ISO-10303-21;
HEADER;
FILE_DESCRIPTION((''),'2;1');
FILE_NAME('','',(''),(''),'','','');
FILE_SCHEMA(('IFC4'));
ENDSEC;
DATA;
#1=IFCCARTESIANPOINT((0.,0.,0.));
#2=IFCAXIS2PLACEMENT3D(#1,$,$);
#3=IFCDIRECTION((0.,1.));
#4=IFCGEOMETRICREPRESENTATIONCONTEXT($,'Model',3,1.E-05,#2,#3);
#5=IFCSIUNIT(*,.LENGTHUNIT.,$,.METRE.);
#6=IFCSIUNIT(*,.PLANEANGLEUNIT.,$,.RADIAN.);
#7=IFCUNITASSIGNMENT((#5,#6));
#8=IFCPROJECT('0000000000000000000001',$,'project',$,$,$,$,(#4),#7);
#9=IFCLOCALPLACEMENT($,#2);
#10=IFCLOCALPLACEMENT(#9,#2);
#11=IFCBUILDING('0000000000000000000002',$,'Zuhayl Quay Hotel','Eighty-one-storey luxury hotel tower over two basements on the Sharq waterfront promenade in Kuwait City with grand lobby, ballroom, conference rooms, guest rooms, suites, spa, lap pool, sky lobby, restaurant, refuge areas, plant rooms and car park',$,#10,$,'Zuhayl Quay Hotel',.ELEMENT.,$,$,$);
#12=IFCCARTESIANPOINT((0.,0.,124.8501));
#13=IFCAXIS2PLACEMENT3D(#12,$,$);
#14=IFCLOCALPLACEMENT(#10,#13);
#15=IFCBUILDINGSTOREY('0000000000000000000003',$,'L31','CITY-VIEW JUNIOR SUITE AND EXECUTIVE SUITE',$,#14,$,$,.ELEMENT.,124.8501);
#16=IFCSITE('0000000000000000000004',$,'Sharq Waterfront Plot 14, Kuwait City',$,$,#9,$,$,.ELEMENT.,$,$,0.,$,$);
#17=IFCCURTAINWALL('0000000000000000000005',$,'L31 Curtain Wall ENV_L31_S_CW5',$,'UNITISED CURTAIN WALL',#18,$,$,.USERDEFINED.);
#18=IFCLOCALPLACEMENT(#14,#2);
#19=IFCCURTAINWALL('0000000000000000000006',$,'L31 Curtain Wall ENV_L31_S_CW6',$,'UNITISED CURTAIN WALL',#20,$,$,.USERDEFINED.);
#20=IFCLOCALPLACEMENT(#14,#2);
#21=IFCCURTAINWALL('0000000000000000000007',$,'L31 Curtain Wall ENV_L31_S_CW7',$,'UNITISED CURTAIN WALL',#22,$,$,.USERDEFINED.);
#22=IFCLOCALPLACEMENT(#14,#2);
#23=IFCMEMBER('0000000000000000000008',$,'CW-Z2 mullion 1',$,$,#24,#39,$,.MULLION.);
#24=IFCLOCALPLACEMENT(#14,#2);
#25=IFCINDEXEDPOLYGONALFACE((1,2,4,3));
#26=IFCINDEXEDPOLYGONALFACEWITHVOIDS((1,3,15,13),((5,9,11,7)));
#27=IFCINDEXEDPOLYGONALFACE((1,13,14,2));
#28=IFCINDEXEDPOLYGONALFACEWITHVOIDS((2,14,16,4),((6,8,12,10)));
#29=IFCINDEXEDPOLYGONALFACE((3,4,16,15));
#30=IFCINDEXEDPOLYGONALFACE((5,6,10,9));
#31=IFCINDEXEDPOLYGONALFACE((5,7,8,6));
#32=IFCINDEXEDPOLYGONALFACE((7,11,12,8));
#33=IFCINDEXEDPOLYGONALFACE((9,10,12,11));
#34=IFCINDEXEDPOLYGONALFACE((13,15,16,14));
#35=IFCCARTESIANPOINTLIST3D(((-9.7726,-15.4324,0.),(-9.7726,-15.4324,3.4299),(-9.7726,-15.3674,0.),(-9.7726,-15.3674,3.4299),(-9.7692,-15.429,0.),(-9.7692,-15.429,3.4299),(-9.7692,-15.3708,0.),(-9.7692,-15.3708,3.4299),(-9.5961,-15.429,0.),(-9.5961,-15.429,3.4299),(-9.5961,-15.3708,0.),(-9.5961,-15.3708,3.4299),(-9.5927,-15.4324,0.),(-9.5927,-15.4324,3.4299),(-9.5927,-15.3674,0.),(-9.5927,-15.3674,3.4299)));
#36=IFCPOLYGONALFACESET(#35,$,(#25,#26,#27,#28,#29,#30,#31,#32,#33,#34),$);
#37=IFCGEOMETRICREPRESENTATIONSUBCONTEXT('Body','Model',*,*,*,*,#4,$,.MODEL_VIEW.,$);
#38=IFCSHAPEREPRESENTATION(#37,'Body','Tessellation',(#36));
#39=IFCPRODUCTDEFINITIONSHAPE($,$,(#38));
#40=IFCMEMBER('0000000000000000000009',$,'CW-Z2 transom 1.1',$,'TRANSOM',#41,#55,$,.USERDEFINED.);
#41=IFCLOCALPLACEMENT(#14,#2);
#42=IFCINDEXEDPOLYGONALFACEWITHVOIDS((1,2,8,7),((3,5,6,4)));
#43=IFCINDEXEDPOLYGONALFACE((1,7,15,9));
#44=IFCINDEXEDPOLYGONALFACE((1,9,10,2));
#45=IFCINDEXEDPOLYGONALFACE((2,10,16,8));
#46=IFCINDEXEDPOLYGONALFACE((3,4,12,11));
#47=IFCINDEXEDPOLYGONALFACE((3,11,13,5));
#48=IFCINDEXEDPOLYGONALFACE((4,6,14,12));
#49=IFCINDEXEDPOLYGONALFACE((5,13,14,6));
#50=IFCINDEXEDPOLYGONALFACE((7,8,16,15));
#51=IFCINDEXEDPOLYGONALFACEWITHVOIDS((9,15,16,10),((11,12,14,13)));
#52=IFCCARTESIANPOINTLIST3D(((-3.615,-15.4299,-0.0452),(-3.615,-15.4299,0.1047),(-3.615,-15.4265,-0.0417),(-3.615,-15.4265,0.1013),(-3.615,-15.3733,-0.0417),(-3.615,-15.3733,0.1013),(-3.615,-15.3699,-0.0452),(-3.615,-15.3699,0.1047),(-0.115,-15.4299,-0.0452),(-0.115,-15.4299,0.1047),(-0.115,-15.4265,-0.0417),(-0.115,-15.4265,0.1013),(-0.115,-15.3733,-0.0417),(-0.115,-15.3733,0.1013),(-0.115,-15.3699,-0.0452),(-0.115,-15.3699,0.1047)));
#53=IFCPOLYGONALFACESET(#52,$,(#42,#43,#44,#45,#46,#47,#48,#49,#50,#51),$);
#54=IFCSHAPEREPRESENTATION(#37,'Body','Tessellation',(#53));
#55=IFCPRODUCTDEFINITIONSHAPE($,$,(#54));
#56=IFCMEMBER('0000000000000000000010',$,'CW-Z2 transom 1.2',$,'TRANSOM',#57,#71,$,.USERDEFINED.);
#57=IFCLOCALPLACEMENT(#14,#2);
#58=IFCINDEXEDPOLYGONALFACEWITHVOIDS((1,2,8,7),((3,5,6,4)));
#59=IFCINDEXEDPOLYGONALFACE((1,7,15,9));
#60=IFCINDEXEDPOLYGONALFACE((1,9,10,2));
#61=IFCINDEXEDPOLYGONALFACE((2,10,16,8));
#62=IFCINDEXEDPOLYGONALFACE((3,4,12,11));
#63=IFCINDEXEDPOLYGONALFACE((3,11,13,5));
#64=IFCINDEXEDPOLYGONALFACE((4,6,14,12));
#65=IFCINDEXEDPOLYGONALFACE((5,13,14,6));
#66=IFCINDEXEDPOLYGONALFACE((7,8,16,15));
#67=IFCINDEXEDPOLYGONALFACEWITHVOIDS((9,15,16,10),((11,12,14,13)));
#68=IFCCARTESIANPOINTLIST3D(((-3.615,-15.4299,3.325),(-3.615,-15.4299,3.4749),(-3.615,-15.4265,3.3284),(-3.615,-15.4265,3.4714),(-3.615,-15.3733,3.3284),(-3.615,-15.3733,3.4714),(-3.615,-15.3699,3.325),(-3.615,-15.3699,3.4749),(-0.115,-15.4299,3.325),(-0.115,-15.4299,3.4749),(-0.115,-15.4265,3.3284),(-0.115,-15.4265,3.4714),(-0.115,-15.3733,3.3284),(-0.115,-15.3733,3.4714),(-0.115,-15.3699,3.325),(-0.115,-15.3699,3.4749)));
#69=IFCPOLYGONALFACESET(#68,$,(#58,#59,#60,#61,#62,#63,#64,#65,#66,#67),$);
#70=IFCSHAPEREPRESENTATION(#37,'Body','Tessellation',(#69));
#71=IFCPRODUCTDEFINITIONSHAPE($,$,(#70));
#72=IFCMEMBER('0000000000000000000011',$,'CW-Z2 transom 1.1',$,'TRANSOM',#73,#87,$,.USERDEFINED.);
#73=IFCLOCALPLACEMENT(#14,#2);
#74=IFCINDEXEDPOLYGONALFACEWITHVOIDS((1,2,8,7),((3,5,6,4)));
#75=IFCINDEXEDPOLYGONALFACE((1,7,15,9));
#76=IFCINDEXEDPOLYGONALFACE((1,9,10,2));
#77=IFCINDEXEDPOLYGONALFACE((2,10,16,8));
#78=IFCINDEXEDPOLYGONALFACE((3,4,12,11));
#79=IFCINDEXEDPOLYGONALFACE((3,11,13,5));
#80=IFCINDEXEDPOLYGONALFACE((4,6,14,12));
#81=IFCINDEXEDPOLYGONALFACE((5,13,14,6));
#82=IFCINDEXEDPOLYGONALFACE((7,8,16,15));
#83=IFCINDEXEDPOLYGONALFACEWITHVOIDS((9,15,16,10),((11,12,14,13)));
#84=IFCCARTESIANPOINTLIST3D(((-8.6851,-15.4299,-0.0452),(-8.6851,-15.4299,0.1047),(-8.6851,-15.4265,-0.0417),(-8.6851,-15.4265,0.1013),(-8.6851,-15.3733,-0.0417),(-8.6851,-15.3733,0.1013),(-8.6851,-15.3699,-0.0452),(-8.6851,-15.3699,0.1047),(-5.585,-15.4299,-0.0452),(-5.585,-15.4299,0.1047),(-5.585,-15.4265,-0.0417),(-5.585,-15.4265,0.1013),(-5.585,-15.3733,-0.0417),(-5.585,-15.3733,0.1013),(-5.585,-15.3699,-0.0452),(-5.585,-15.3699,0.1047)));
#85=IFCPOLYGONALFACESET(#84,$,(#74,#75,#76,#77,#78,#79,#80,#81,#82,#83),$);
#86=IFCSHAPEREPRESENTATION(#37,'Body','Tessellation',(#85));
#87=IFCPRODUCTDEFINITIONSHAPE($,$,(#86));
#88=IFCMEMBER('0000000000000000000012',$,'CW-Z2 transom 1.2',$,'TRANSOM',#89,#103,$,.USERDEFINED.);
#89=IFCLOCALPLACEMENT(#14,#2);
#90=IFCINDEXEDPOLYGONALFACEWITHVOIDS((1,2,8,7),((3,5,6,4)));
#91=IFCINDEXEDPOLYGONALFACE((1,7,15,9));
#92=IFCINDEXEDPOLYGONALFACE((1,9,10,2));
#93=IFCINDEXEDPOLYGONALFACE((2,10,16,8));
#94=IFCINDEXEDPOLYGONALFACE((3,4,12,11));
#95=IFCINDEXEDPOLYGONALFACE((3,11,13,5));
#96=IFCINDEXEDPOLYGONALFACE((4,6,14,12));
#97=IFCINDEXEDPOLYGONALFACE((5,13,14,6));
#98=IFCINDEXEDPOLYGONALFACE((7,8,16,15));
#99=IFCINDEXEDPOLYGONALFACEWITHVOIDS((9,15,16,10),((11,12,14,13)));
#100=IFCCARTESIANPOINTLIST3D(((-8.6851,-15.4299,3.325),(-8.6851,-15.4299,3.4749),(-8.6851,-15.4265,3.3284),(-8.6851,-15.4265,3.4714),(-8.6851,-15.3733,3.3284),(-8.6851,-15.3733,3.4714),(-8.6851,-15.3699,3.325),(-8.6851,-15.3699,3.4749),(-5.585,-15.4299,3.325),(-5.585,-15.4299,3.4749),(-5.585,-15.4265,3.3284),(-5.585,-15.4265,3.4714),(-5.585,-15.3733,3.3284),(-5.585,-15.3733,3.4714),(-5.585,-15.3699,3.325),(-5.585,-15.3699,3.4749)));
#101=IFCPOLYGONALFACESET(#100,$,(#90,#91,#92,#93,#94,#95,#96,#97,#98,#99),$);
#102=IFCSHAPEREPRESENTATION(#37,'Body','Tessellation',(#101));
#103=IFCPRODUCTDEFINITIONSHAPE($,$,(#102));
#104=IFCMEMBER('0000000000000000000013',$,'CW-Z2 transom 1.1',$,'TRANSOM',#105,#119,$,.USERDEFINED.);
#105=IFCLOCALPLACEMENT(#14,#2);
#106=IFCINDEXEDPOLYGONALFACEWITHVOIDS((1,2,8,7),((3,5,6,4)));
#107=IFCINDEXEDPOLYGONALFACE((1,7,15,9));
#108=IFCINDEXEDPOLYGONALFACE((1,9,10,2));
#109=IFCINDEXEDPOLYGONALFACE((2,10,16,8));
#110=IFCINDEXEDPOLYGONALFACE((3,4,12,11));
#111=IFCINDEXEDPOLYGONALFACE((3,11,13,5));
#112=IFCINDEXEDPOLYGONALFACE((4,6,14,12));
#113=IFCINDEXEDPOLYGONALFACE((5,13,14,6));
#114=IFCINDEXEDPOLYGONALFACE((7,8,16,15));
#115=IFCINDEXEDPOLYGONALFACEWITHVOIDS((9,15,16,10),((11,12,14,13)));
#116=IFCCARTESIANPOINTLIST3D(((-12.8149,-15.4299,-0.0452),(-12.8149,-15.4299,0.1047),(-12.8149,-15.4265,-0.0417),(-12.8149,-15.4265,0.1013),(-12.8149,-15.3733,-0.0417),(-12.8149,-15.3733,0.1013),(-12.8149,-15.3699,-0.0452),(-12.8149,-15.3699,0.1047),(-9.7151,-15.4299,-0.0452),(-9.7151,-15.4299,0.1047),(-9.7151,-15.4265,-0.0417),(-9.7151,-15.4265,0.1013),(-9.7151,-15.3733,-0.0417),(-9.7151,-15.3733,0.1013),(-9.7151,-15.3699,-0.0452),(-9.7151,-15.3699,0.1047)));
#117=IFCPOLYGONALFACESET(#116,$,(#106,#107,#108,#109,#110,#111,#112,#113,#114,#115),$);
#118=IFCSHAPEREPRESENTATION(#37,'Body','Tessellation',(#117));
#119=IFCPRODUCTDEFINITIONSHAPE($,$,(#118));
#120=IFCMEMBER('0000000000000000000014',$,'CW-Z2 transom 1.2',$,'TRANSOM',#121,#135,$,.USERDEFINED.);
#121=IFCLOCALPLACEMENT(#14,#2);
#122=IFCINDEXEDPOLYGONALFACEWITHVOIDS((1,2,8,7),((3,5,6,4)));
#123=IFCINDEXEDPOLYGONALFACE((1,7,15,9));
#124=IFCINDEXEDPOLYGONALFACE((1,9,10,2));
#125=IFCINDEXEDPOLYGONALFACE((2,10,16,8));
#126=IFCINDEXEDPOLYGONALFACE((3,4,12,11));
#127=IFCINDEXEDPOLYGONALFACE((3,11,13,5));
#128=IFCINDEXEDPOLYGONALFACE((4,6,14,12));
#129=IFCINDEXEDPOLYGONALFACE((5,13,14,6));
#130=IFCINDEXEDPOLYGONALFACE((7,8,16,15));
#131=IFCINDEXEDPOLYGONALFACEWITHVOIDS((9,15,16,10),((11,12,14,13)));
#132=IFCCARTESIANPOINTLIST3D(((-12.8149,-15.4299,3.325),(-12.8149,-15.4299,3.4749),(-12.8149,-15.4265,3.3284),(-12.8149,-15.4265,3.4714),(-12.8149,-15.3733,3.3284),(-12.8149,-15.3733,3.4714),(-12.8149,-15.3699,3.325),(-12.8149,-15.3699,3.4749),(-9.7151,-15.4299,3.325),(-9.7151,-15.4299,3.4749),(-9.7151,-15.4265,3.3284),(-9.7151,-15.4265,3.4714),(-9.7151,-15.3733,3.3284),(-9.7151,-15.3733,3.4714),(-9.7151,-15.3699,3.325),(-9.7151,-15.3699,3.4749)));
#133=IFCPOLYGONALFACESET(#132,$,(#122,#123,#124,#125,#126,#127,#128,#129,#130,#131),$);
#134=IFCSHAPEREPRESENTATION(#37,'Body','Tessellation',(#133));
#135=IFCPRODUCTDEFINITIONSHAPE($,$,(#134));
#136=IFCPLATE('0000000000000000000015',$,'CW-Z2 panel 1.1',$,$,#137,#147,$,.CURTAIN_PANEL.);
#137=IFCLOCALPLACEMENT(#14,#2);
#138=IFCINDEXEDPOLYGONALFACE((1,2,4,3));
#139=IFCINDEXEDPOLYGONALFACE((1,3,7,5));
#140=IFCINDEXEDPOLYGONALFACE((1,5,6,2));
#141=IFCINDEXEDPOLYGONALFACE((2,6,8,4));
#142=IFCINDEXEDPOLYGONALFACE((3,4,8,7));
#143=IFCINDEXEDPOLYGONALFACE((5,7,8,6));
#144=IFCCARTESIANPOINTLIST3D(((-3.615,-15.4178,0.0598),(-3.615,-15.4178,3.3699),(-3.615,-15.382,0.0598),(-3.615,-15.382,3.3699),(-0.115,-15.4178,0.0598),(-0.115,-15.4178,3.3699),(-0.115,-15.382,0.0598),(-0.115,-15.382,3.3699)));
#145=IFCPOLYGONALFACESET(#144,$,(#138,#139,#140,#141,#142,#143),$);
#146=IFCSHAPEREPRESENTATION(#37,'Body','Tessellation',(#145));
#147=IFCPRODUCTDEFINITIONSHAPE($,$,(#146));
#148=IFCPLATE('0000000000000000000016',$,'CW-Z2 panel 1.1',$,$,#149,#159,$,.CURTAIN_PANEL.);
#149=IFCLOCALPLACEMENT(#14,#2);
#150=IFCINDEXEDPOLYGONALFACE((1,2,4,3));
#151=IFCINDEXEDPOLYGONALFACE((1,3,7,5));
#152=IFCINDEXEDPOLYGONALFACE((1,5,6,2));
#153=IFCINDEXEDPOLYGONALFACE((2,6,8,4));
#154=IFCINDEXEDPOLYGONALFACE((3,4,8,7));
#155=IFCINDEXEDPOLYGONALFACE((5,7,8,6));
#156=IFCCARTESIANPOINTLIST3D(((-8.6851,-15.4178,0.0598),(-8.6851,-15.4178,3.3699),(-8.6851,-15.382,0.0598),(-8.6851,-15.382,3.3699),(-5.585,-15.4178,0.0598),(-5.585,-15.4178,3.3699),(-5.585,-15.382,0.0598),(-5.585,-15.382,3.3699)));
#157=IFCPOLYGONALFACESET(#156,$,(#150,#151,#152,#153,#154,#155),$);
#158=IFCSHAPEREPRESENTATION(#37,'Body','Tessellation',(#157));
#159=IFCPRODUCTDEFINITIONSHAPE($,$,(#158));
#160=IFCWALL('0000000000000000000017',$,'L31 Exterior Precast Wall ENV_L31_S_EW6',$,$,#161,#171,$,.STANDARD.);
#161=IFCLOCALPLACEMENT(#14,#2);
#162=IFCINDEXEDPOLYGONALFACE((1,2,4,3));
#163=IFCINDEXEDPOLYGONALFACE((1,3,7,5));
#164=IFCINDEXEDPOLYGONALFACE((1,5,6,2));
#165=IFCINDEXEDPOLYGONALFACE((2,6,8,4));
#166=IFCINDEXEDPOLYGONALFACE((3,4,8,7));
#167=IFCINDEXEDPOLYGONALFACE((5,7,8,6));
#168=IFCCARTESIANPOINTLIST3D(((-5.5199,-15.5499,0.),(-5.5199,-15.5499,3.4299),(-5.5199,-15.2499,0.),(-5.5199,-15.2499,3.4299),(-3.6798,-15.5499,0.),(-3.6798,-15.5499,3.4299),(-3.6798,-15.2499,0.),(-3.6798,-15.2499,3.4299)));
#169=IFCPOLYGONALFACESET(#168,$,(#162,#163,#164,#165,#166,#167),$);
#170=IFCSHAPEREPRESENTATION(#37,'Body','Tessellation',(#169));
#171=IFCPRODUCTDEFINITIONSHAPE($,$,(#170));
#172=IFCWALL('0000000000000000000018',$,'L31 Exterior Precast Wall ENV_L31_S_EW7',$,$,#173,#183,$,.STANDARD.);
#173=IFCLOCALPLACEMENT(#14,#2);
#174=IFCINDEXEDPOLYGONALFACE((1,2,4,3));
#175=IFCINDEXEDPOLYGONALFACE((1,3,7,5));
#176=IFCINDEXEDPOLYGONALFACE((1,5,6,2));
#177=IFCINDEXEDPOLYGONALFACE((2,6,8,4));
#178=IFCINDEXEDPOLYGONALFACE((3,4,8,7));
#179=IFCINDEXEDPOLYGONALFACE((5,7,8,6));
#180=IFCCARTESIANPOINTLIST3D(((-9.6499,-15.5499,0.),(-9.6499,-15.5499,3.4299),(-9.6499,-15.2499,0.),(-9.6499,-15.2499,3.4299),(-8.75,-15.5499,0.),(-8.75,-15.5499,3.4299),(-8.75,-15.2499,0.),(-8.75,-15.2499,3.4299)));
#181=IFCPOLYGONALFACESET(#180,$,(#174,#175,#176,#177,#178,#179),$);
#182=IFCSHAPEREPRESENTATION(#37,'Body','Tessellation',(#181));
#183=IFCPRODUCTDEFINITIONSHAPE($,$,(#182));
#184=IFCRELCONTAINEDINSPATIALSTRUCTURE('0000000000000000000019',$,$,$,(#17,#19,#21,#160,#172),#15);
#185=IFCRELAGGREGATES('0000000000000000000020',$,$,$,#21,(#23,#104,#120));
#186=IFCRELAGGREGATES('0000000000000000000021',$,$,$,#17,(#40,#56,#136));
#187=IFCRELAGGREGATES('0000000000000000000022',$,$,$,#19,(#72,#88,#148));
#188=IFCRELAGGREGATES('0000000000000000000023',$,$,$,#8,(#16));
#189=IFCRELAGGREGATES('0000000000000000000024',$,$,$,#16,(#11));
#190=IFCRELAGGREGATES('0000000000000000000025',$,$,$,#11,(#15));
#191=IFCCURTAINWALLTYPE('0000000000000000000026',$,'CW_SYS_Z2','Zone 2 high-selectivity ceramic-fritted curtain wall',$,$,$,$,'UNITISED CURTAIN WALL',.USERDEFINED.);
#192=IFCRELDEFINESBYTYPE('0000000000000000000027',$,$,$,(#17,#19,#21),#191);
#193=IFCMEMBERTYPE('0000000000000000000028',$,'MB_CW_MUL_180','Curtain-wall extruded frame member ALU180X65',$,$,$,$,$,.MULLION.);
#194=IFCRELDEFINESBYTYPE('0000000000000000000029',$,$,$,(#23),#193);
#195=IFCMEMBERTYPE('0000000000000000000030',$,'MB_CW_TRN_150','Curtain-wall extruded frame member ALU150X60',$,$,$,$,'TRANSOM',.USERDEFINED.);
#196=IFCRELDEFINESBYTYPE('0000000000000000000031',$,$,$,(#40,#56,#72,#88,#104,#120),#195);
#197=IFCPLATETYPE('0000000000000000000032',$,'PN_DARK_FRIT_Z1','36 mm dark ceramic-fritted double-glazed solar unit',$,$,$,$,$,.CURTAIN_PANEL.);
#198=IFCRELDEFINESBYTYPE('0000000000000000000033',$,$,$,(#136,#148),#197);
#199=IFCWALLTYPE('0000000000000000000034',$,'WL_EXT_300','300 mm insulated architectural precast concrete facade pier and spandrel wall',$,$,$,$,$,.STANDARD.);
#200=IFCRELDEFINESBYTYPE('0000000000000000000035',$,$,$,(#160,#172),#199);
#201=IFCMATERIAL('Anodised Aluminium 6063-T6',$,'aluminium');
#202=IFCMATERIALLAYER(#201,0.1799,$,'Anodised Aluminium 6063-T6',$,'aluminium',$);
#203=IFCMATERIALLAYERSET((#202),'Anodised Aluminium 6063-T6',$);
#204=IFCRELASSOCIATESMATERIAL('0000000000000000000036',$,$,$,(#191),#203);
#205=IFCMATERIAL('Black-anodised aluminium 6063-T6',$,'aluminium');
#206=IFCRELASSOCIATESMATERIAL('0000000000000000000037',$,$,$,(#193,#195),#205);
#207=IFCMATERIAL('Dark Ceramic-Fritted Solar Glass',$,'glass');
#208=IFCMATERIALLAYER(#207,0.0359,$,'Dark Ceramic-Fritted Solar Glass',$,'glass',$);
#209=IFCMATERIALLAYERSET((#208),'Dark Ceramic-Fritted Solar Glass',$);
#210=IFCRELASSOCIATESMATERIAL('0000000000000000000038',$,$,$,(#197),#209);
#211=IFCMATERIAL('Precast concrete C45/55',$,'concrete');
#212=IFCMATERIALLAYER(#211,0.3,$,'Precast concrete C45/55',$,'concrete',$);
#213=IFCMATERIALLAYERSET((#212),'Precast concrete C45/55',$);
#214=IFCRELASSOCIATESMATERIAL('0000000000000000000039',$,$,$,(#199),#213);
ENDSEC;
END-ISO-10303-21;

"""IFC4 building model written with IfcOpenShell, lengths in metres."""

from ifc_helpers import new_model, si_unit, direction, frame, frame_2d, origin, origin_2d, place, context, subcontext, project, spatial, rectangle, hollow_rectangle, extrude, material, layer, layer_set, material_profile, profile_set, type_object, element, aggregate, save


model = new_model("IFC4")

# Units and contexts
model_context = context("Model", 3, precision=1e-05, world=origin(), true_north=direction((0.0, 1.0)))
body_context = subcontext(model_context, "Body", "Model", "MODEL_VIEW")
ifc_project = project(units=[si_unit("LENGTHUNIT", "METRE"), si_unit("PLANEANGLEUNIT", "RADIAN")], contexts=[model_context])

# Site, building, storey
site_placement = place(None, origin())
site = spatial("IfcSite", under=ifc_project, at=site_placement, Name="Sharq Waterfront Plot 14, Kuwait City", CompositionType="ELEMENT", RefElevation=0.0)
building_placement = place(site_placement, origin())
building = spatial("IfcBuilding", under=site, at=building_placement, Name="Zuhayl Quay Hotel", Description="Eighty-one-storey luxury hotel tower over two basements on the Sharq waterfront promenade in Kuwait City with grand lobby, ballroom, conference rooms, guest rooms, suites, spa, lap pool, sky lobby, restaurant, refuge areas, plant rooms and car park", LongName="Zuhayl Quay Hotel", CompositionType="ELEMENT")
storey_placement = place(building_placement, frame((0.0, 0.0, 124.8501)))
storey = spatial("IfcBuildingStorey", under=building, at=storey_placement, Name="L31", Description="CITY-VIEW JUNIOR SUITE AND EXECUTIVE SUITE", CompositionType="ELEMENT", Elevation=124.8501)

# Curtain walls
ifc_material_1 = material(Name="Anodised Aluminium 6063-T6", Category="aluminium")
ifc_layer_1 = layer(ifc_material_1, 0.1799, Name="Anodised Aluminium 6063-T6", Category="aluminium")
ifc_layer_set_1 = layer_set([ifc_layer_1], Name="Anodised Aluminium 6063-T6")
curtain_wall_type = type_object("IfcCurtainWallType", Name="CW_SYS_Z2", Description="Zone 2 high-selectivity ceramic-fritted curtain wall", ElementType="UNITISED CURTAIN WALL", PredefinedType="USERDEFINED", material=ifc_layer_set_1)
curtain_wall_1_placement = place(storey_placement, origin())
curtain_wall_1 = element("IfcCurtainWall", 1, at=curtain_wall_1_placement, inside=storey, type_object=curtain_wall_type, Name="L31 Curtain Wall ENV_L31_S_CW5", ObjectType="UNITISED CURTAIN WALL", PredefinedType="USERDEFINED")
ifc_material_2 = material(Name="Black-anodised aluminium 6063-T6", Category="aluminium")
ifc_material_profile_1 = material_profile(ifc_material_2, hollow_rectangle(XDim=0.0649, YDim=0.1799, WallThickness=0.0034, at=origin_2d()), Name="ALU180X65")
ifc_profile_set_1 = profile_set([ifc_material_profile_1], Name="Black-anodised aluminium 6063-T6")
member_type_1 = type_object("IfcMemberType", Name="MB_CW_MUL_180", Description="Curtain-wall extruded frame member ALU180X65", PredefinedType="MULLION", material=ifc_profile_set_1)
curtain_wall_2_placement = place(storey_placement, origin())
curtain_wall_2 = element("IfcCurtainWall", 2, at=curtain_wall_2_placement, inside=storey, type_object=curtain_wall_type, Name="L31 Curtain Wall ENV_L31_S_CW6", ObjectType="UNITISED CURTAIN WALL", PredefinedType="USERDEFINED")

# Curtain wall, member
curtain_wall_3_placement = place(storey_placement, origin())
curtain_wall_3 = element("IfcCurtainWall", 3, at=curtain_wall_3_placement, inside=storey, type_object=curtain_wall_type, Name="L31 Curtain Wall ENV_L31_S_CW7", ObjectType="UNITISED CURTAIN WALL", PredefinedType="USERDEFINED")
member_1_placement = place(storey_placement, frame((-9.6826, -15.3999, 0.0), z_axis=(0.0, 0.0, 1.0), x_axis=(0.0, -1.0, 0.0)))
member_1 = element("IfcMember", 4, at=member_1_placement, type_object=member_type_1, Name="CW-Z2 mullion 1", PredefinedType="MULLION", context=body_context, shape_type="SweptSolid", body=[
    extrude(hollow_rectangle(XDim=0.0649, YDim=0.1799, WallThickness=0.0034, at=origin_2d()), origin(), (0.0, 0.0, 1.0), 3.4299),
])

# Members
ifc_material_profile_2 = material_profile(ifc_material_2, hollow_rectangle(XDim=0.0601, YDim=0.1499, WallThickness=0.0034, at=origin_2d()), Name="ALU150X60")
ifc_profile_set_2 = profile_set([ifc_material_profile_2], Name="Black-anodised aluminium 6063-T6")
member_type_2 = type_object("IfcMemberType", Name="MB_CW_TRN_150", Description="Curtain-wall extruded frame member ALU150X60", ElementType="TRANSOM", PredefinedType="USERDEFINED", material=ifc_profile_set_2)
member_2_placement = place(storey_placement, frame((-0.115, -15.3999, 0.0298), z_axis=(-1.0, 0.0, 0.0), x_axis=(0.0, -1.0, 0.0)))
member_2 = element("IfcMember", 5, at=member_2_placement, type_object=member_type_2, Name="CW-Z2 transom 1.1", ObjectType="TRANSOM", PredefinedType="USERDEFINED", context=body_context, shape_type="SweptSolid", body=[
    extrude(hollow_rectangle(XDim=0.0601, YDim=0.1499, WallThickness=0.0034, at=origin_2d()), origin(), (0.0, 0.0, 1.0), 3.5),
])
member_3_placement = place(storey_placement, frame((-0.115, -15.3999, 3.3999), z_axis=(-1.0, 0.0, 0.0), x_axis=(0.0, -1.0, 0.0)))
member_3 = element("IfcMember", 6, at=member_3_placement, type_object=member_type_2, Name="CW-Z2 transom 1.2", ObjectType="TRANSOM", PredefinedType="USERDEFINED", context=body_context, shape_type="SweptSolid", body=[
    extrude(hollow_rectangle(XDim=0.0601, YDim=0.1499, WallThickness=0.0034, at=origin_2d()), origin(), (0.0, 0.0, 1.0), 3.5),
])
member_4_placement = place(storey_placement, frame((-5.585, -15.3999, 0.0298), z_axis=(-1.0, 0.0, 0.0), x_axis=(0.0, -1.0, 0.0)))
member_4 = element("IfcMember", 7, at=member_4_placement, type_object=member_type_2, Name="CW-Z2 transom 1.1", ObjectType="TRANSOM", PredefinedType="USERDEFINED", context=body_context, shape_type="SweptSolid", body=[
    extrude(hollow_rectangle(XDim=0.0601, YDim=0.1499, WallThickness=0.0034, at=origin_2d()), origin(), (0.0, 0.0, 1.0), 3.1001),
])
member_5_placement = place(storey_placement, frame((-5.585, -15.3999, 3.3999), z_axis=(-1.0, 0.0, 0.0), x_axis=(0.0, -1.0, 0.0)))
member_5 = element("IfcMember", 8, at=member_5_placement, type_object=member_type_2, Name="CW-Z2 transom 1.2", ObjectType="TRANSOM", PredefinedType="USERDEFINED", context=body_context, shape_type="SweptSolid", body=[
    extrude(hollow_rectangle(XDim=0.0601, YDim=0.1499, WallThickness=0.0034, at=origin_2d()), origin(), (0.0, 0.0, 1.0), 3.1001),
])
member_6_placement = place(storey_placement, frame((-9.7151, -15.3999, 0.0298), z_axis=(-1.0, 0.0, 0.0), x_axis=(0.0, -1.0, 0.0)))
member_6 = element("IfcMember", 9, at=member_6_placement, type_object=member_type_2, Name="CW-Z2 transom 1.1", ObjectType="TRANSOM", PredefinedType="USERDEFINED", context=body_context, shape_type="SweptSolid", body=[
    extrude(hollow_rectangle(XDim=0.0601, YDim=0.1499, WallThickness=0.0034, at=origin_2d()), origin(), (0.0, 0.0, 1.0), 3.0999),
])
member_7_placement = place(storey_placement, frame((-9.7151, -15.3999, 3.3999), z_axis=(-1.0, 0.0, 0.0), x_axis=(0.0, -1.0, 0.0)))
member_7 = element("IfcMember", 10, at=member_7_placement, type_object=member_type_2, Name="CW-Z2 transom 1.2", ObjectType="TRANSOM", PredefinedType="USERDEFINED", context=body_context, shape_type="SweptSolid", body=[
    extrude(hollow_rectangle(XDim=0.0601, YDim=0.1499, WallThickness=0.0034, at=origin_2d()), origin(), (0.0, 0.0, 1.0), 3.0999),
])
aggregate(curtain_wall_3, [member_1, member_6, member_7])

# Plates
ifc_material_3 = material(Name="Dark Ceramic-Fritted Solar Glass", Category="glass")
ifc_layer_2 = layer(ifc_material_3, 0.0359, Name="Dark Ceramic-Fritted Solar Glass", Category="glass")
ifc_layer_set_2 = layer_set([ifc_layer_2], Name="Dark Ceramic-Fritted Solar Glass")
plate_type = type_object("IfcPlateType", Name="PN_DARK_FRIT_Z1", Description="36 mm dark ceramic-fritted double-glazed solar unit", PredefinedType="CURTAIN_PANEL", material=ifc_layer_set_2)
plate_1_placement = place(storey_placement, frame((-1.865, -15.3999, 0.0598), z_axis=(0.0, 0.0, 1.0), x_axis=(-1.0, 0.0, 0.0)))
plate_1 = element("IfcPlate", 11, at=plate_1_placement, type_object=plate_type, Name="CW-Z2 panel 1.1", PredefinedType="CURTAIN_PANEL", context=body_context, shape_type="SweptSolid", body=[
    extrude(rectangle(XDim=3.5, YDim=0.0359, at=origin_2d()), origin(), (0.0, 0.0, 1.0), 3.3101),
])
aggregate(curtain_wall_1, [member_2, member_3, plate_1])
plate_2_placement = place(storey_placement, frame((-7.135, -15.3999, 0.0598), z_axis=(0.0, 0.0, 1.0), x_axis=(-1.0, 0.0, 0.0)))
plate_2 = element("IfcPlate", 12, at=plate_2_placement, type_object=plate_type, Name="CW-Z2 panel 1.1", PredefinedType="CURTAIN_PANEL", context=body_context, shape_type="SweptSolid", body=[
    extrude(rectangle(XDim=3.1001, YDim=0.0359, at=origin_2d()), origin(), (0.0, 0.0, 1.0), 3.3101),
])
aggregate(curtain_wall_2, [member_4, member_5, plate_2])

# Walls
ifc_material_4 = material(Name="Precast concrete C45/55", Category="concrete")
ifc_layer_3 = layer(ifc_material_4, 0.3, Name="Precast concrete C45/55", Category="concrete")
ifc_layer_set_3 = layer_set([ifc_layer_3], Name="Precast concrete C45/55")
wall_type_1 = type_object("IfcWallType", Name="WL_EXT_300", Description="300 mm insulated architectural precast concrete facade pier and spandrel wall", PredefinedType="STANDARD", material=ifc_layer_set_3)
wall_1_placement = place(storey_placement, frame((-3.6799, -15.3999, 0.0), z_axis=(0.0, 0.0, 1.0), x_axis=(-1.0, 0.0, 0.0)))
element("IfcWall", 13, at=wall_1_placement, inside=storey, type_object=wall_type_1, Name="L31 Exterior Precast Wall ENV_L31_S_EW6", PredefinedType="STANDARD", context=body_context, shape_type="SweptSolid", body=[
    extrude(rectangle(XDim=1.8401, YDim=0.3, at=frame_2d((0.9199, 0.0))), origin(), (0.0, 0.0, 1.0), 3.4299),
])
wall_2_placement = place(storey_placement, frame((-8.75, -15.3999, 0.0), z_axis=(0.0, 0.0, 1.0), x_axis=(-1.0, 0.0, 0.0)))
element("IfcWall", 14, at=wall_2_placement, inside=storey, type_object=wall_type_1, Name="L31 Exterior Precast Wall ENV_L31_S_EW7", PredefinedType="STANDARD", context=body_context, shape_type="SweptSolid", body=[
    extrude(rectangle(XDim=0.8999, YDim=0.3, at=frame_2d((0.45, 0.0))), origin(), (0.0, 0.0, 1.0), 3.4299),
])

save(model, "model.ifc")
